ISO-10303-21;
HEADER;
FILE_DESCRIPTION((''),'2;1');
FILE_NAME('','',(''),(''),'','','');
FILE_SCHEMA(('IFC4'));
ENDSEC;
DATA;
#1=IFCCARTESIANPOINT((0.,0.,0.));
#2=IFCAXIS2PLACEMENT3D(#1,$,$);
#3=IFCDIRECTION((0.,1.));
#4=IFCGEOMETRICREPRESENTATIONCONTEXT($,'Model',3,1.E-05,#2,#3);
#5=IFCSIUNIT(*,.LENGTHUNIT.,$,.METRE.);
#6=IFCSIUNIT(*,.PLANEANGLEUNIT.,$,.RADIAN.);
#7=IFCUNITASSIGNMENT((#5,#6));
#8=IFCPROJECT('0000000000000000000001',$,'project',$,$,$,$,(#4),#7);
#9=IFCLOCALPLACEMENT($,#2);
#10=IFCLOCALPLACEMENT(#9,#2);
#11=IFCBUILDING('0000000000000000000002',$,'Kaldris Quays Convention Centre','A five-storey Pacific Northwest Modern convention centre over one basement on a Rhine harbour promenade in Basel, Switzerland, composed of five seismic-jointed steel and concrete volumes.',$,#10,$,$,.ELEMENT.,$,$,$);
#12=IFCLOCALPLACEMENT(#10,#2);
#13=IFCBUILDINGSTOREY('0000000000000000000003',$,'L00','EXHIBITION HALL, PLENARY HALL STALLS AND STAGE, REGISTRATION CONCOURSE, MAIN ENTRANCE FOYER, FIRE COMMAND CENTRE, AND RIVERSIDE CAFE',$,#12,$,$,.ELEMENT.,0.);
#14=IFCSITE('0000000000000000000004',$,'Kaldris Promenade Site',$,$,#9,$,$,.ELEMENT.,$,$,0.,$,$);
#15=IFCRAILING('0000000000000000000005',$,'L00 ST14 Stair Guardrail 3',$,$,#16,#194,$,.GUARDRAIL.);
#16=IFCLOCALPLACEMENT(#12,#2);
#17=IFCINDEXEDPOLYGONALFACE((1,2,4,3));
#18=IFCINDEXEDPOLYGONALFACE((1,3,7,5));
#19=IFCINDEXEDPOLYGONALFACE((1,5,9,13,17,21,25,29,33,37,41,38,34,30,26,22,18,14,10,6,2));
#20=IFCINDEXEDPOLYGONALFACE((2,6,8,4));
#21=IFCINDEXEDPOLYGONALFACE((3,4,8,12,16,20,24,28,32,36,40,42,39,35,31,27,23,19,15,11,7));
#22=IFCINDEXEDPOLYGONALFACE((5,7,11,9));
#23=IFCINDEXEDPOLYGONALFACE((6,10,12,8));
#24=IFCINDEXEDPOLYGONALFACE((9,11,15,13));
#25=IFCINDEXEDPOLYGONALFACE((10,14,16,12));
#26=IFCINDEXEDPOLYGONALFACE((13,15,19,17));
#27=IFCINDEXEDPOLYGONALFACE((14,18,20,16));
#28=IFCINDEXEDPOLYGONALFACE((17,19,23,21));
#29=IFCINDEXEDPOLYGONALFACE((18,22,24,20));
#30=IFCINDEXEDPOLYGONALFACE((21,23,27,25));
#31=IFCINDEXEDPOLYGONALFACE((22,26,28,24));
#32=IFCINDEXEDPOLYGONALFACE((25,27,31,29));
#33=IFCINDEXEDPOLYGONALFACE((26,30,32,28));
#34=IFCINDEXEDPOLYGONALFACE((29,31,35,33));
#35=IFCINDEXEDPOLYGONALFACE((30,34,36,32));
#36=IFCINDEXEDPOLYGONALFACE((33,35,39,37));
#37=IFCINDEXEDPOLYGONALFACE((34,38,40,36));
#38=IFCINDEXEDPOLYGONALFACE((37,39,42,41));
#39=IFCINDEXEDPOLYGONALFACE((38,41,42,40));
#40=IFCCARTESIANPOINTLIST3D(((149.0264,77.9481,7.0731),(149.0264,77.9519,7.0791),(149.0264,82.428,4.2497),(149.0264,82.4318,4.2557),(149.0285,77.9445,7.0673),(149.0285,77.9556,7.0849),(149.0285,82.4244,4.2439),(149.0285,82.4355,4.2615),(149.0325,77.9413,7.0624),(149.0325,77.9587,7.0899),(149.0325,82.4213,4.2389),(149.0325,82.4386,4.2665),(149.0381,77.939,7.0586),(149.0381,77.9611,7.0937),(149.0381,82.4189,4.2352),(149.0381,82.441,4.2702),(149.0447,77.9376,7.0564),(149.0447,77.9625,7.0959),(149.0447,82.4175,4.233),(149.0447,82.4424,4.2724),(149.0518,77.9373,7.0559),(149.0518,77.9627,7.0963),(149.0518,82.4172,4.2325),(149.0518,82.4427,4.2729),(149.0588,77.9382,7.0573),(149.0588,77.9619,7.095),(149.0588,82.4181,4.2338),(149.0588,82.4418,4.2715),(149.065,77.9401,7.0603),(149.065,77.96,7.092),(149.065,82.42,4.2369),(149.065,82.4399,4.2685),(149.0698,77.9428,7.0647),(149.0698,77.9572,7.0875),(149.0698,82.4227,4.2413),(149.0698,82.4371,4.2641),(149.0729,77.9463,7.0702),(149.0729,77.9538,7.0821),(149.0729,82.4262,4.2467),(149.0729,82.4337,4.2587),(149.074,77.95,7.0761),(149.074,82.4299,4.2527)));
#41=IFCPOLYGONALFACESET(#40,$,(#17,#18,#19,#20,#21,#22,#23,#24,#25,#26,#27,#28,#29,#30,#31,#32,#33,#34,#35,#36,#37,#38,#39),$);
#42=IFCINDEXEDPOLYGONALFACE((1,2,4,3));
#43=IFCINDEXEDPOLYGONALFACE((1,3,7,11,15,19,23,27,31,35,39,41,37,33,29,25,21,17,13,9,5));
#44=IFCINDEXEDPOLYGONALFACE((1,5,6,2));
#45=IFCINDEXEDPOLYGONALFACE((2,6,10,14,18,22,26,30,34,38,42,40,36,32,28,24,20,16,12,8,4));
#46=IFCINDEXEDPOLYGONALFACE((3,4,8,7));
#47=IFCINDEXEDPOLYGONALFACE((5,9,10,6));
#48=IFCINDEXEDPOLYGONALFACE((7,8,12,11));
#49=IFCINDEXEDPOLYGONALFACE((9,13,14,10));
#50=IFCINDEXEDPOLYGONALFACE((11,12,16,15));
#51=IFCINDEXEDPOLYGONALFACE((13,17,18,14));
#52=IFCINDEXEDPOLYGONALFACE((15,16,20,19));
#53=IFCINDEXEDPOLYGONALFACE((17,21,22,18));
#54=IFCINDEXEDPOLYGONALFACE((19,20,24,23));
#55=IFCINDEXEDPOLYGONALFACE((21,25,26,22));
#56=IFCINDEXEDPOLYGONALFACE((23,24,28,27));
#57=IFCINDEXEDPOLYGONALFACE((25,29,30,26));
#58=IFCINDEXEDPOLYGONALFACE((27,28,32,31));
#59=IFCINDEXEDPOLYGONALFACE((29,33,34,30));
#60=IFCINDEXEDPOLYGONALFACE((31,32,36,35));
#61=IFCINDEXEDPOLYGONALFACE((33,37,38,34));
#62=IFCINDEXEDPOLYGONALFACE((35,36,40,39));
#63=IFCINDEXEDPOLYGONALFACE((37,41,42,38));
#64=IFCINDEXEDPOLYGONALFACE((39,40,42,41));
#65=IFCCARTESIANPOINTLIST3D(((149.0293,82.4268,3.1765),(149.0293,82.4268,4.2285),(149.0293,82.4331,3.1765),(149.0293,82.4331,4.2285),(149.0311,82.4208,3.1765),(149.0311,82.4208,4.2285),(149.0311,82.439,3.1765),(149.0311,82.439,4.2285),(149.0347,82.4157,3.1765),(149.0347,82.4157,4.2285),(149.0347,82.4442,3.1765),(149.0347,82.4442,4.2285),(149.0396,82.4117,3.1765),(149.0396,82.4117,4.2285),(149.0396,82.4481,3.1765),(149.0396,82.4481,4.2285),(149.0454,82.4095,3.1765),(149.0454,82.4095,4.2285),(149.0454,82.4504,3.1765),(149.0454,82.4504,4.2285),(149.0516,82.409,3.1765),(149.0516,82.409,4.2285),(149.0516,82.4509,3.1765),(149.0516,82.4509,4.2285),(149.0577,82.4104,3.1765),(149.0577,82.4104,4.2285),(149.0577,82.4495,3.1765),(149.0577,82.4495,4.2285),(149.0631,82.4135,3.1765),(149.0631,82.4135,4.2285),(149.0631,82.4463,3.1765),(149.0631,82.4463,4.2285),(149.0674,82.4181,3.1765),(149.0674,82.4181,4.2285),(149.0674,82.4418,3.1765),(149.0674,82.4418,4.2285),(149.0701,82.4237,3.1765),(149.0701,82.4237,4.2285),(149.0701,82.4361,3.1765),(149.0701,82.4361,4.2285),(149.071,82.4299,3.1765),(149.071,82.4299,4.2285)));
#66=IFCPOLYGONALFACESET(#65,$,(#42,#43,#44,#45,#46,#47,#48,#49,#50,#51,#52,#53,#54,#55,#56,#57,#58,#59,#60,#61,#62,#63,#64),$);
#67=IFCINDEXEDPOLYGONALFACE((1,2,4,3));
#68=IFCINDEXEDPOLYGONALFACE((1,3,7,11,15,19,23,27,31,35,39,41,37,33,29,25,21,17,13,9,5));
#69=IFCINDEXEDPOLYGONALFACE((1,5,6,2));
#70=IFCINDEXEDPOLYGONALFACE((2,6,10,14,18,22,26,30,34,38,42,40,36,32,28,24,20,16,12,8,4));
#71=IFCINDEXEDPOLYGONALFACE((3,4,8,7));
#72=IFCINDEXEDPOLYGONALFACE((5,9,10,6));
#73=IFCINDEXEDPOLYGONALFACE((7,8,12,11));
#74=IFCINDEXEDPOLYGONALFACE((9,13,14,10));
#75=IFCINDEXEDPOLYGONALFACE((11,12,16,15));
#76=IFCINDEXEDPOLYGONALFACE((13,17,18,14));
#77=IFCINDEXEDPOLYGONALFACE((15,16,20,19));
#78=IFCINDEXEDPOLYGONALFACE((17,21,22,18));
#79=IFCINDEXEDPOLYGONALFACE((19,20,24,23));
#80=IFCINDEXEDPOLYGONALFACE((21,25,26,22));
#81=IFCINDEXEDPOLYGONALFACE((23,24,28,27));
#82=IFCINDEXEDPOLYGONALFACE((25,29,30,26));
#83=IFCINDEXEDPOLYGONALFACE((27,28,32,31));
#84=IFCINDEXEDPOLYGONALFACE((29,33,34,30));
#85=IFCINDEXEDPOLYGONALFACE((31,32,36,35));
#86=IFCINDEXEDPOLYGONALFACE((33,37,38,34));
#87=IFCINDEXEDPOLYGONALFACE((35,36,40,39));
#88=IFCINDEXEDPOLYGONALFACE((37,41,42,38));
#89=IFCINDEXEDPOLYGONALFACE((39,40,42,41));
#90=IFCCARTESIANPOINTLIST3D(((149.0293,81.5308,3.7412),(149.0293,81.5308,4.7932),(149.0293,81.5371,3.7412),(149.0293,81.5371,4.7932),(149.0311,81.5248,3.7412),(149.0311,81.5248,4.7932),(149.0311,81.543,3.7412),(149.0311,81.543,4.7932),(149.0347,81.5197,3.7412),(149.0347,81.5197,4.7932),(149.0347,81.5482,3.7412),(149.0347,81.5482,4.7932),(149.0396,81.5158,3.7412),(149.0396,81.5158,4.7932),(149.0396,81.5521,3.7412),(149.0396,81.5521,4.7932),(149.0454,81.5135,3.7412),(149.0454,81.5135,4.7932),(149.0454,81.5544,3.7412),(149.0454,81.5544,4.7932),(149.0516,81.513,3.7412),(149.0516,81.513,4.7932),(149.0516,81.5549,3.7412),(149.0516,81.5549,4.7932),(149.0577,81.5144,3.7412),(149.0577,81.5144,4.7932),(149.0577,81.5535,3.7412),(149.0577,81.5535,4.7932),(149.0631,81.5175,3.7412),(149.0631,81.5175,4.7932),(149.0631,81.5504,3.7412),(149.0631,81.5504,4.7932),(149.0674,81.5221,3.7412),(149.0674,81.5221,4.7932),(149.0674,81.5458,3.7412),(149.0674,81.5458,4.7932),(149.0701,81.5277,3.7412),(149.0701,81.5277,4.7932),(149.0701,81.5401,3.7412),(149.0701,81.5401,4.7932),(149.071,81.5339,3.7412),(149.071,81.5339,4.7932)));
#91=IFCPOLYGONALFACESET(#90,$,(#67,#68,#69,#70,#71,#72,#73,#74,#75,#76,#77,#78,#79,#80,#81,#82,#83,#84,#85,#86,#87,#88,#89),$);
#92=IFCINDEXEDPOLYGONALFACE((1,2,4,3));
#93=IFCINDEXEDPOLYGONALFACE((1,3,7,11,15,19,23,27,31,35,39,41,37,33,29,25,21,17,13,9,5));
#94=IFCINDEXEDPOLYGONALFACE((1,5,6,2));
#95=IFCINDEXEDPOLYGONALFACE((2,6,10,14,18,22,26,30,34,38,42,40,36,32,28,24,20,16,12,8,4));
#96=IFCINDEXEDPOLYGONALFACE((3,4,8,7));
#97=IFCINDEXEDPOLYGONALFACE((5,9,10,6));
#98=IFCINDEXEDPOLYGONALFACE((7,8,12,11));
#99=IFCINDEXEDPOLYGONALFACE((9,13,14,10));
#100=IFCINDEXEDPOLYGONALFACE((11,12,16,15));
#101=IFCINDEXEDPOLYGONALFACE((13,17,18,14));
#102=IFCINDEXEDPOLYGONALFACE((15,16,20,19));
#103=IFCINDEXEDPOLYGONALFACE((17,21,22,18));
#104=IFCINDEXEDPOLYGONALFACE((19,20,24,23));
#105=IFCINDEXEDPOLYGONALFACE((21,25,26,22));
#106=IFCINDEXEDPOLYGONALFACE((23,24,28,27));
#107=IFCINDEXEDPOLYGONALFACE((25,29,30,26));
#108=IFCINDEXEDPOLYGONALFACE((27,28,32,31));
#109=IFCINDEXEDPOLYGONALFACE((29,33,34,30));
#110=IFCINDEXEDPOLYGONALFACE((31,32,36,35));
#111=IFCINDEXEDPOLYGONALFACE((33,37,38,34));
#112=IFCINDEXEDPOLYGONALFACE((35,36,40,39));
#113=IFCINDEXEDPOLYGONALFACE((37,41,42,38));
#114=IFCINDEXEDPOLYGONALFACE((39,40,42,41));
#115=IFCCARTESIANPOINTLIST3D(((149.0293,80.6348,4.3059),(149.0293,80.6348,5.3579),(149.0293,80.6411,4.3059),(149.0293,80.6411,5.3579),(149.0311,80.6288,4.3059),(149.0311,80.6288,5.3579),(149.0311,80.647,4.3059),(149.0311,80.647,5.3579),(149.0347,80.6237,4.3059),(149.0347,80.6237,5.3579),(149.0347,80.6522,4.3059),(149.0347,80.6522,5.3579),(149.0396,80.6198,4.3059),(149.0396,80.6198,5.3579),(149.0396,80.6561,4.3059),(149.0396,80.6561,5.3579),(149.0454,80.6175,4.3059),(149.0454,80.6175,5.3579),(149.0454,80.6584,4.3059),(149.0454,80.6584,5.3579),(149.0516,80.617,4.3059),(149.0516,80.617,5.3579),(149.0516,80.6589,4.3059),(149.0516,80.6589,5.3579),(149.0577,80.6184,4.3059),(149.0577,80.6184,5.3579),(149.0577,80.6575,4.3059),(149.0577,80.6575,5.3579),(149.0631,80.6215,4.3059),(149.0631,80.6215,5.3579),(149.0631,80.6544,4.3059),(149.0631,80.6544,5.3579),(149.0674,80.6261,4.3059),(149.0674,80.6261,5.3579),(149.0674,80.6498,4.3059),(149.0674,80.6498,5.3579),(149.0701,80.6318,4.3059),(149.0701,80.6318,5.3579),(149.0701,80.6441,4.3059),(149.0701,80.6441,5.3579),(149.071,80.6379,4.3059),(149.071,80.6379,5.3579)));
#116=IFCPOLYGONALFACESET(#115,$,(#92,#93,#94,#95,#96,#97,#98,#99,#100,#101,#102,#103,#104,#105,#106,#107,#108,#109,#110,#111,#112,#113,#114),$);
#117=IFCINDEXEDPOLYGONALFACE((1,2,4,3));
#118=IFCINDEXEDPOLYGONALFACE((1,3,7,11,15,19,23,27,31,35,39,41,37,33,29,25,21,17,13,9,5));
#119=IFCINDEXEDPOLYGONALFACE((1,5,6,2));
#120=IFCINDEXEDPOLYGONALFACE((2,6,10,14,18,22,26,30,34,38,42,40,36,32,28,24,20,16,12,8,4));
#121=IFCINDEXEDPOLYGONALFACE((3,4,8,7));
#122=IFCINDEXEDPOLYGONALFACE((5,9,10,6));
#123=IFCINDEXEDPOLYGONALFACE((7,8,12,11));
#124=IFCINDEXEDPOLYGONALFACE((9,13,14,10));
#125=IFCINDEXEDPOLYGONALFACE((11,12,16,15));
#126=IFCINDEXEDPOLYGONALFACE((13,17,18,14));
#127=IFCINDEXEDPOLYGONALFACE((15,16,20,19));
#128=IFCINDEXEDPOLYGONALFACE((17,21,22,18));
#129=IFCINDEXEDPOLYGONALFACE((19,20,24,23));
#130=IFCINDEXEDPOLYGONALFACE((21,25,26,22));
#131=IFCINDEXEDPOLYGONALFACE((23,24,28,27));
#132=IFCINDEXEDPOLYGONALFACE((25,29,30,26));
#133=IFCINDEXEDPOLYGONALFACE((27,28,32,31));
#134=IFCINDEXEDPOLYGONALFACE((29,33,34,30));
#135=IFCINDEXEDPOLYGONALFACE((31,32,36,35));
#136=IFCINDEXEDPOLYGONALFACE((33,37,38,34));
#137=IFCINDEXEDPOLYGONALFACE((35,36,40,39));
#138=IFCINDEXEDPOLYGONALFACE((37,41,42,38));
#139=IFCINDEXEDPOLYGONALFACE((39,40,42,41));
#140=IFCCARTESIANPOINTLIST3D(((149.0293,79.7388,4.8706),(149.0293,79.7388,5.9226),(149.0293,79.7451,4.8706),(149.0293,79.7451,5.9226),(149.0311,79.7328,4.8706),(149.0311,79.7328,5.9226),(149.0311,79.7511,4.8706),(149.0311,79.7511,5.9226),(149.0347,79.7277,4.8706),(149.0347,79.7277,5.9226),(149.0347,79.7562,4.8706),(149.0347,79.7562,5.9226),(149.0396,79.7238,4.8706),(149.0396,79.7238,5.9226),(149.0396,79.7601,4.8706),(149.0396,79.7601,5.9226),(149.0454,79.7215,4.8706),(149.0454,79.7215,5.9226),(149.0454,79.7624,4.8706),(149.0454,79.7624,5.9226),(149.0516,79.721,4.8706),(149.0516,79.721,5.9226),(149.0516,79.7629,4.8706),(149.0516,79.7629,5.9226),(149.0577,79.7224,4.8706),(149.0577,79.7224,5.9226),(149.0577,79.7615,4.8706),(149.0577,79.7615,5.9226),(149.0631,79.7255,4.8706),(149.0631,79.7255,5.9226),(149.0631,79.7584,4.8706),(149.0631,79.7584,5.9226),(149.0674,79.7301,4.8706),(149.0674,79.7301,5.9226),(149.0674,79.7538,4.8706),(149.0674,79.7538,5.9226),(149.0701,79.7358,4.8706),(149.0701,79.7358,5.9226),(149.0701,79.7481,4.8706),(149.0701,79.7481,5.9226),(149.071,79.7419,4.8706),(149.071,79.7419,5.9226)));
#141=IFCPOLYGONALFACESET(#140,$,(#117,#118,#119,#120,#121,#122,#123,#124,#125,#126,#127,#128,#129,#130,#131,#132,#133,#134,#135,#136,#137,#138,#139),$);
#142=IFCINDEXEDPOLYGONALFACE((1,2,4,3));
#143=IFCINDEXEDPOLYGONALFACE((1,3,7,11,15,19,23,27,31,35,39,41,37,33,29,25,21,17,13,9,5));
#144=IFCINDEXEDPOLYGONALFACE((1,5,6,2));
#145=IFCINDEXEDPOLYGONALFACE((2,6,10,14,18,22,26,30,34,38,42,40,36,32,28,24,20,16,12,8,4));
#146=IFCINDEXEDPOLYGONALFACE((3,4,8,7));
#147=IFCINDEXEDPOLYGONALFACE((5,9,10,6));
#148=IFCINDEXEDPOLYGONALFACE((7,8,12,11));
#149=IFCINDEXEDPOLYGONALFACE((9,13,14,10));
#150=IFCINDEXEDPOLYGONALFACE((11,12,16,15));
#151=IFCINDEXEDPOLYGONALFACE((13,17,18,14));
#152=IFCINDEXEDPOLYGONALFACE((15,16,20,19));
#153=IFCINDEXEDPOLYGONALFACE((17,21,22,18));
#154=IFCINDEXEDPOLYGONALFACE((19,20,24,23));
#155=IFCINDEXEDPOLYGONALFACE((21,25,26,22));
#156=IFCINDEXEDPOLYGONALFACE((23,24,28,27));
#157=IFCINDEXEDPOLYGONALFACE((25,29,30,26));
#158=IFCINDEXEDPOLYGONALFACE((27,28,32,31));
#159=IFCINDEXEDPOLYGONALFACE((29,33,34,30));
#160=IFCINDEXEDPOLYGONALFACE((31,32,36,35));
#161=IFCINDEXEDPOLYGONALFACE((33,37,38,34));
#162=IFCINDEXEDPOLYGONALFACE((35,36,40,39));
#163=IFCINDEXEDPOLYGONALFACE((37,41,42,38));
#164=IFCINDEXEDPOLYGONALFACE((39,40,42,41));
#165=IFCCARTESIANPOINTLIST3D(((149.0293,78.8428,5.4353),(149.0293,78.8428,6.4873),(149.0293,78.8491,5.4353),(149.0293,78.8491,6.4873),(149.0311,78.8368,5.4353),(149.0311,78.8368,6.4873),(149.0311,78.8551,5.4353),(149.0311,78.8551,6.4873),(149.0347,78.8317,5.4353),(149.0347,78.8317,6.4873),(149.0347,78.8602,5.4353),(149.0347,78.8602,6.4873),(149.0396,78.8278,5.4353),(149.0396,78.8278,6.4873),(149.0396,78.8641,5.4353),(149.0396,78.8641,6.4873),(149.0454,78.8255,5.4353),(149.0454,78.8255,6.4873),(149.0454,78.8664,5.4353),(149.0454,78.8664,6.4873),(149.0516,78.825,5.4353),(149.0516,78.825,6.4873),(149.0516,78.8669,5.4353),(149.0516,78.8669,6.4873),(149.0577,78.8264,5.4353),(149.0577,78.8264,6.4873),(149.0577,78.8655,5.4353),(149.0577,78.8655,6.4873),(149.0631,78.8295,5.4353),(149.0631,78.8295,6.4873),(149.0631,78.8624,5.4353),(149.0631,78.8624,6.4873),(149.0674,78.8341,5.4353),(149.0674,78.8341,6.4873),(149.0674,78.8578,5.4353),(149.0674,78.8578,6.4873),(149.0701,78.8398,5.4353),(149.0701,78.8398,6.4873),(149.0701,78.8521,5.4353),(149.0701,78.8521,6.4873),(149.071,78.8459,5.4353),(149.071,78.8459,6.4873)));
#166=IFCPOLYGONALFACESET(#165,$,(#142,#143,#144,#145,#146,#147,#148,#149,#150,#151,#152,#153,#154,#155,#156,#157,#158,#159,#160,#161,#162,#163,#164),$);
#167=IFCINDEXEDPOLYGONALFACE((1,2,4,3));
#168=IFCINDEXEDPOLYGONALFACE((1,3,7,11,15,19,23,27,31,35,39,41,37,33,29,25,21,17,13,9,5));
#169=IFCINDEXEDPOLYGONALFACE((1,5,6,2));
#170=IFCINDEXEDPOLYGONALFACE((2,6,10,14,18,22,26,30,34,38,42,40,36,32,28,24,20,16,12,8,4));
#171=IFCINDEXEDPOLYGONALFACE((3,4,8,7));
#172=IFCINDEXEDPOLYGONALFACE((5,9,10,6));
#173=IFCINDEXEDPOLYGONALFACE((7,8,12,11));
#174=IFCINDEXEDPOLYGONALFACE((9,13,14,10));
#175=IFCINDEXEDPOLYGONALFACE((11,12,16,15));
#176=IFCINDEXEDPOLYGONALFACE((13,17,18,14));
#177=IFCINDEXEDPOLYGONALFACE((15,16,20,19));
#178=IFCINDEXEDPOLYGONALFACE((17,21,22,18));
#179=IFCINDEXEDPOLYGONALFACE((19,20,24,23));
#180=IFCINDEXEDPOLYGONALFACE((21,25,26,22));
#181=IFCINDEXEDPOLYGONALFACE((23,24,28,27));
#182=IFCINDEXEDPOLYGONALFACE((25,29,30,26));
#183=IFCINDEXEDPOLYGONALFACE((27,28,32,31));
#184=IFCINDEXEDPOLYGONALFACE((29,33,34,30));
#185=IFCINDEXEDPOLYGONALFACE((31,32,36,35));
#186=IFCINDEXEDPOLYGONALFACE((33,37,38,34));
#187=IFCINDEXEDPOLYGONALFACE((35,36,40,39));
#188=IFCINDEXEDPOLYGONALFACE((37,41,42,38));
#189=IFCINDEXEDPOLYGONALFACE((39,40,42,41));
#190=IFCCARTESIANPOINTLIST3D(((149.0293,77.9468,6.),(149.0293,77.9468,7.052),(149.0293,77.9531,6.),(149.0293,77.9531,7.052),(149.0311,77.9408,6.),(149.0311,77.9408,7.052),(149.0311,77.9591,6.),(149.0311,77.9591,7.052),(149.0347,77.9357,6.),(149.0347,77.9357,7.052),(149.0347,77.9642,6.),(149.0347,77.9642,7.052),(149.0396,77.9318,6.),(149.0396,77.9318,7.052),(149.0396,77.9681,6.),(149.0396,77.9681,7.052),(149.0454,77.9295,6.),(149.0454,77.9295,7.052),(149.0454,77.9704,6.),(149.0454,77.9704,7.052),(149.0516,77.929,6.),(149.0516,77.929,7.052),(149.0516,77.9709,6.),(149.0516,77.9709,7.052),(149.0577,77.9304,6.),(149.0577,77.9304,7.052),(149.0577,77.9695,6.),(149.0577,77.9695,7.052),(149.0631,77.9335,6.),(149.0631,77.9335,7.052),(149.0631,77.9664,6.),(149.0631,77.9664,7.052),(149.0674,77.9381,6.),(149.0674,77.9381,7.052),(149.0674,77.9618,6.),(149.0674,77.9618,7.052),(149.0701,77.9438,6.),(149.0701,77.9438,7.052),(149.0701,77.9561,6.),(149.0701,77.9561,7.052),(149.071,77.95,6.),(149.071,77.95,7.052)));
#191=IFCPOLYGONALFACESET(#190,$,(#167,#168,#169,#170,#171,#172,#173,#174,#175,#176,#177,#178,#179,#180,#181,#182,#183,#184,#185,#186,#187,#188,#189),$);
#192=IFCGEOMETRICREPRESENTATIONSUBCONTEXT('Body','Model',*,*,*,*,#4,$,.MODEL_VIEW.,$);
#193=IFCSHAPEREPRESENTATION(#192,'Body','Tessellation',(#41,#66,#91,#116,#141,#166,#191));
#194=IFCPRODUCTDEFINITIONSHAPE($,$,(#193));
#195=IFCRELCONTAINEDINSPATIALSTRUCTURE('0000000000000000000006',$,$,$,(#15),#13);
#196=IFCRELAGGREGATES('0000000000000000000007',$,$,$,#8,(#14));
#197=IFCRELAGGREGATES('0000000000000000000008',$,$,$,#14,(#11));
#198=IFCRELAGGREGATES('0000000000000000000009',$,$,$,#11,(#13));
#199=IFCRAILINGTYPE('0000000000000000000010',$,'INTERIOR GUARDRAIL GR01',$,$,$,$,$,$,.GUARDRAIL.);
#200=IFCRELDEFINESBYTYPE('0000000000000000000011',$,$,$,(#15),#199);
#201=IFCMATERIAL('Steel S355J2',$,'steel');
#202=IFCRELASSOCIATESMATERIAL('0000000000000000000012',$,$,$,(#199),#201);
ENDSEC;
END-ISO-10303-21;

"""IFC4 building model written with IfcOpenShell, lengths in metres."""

from ifc_helpers import new_model, si_unit, direction, frame, origin, origin_2d, place, context, subcontext, project, spatial, circle, extrude, material, type_object, element, save


model = new_model("IFC4")

# Units and contexts
model_context = context("Model", 3, precision=1e-05, world=origin(), true_north=direction((0.0, 1.0)))
body_context = subcontext(model_context, "Body", "Model", "MODEL_VIEW")
ifc_project = project(units=[si_unit("LENGTHUNIT", "METRE"), si_unit("PLANEANGLEUNIT", "RADIAN")], contexts=[model_context])

# Site, building, storey
site_placement = place(None, origin())
site = spatial("IfcSite", under=ifc_project, at=site_placement, Name="Kaldris Promenade Site", CompositionType="ELEMENT", RefElevation=0.0)
building_placement = place(site_placement, origin())
building = spatial("IfcBuilding", under=site, at=building_placement, Name="Kaldris Quays Convention Centre", Description="A five-storey Pacific Northwest Modern convention centre over one basement on a Rhine harbour promenade in Basel, Switzerland, composed of five seismic-jointed steel and concrete volumes.", CompositionType="ELEMENT")
storey_placement = place(building_placement, origin())
storey = spatial("IfcBuildingStorey", under=building, at=storey_placement, Name="L00", Description="EXHIBITION HALL, PLENARY HALL STALLS AND STAGE, REGISTRATION CONCOURSE, MAIN ENTRANCE FOYER, FIRE COMMAND CENTRE, AND RIVERSIDE CAFE", CompositionType="ELEMENT", Elevation=0.0)

# Shared definitions
ifc_material_1 = material(Name="Steel S355J2", Category="steel")

# Railing
railing_type_1 = type_object("IfcRailingType", Name="INTERIOR GUARDRAIL GR01", PredefinedType="GUARDRAIL", material=ifc_material_1)
railing_1_placement = place(storey_placement, frame((149.05, 82.4299, 3.1765)))
element("IfcRailing", 1, at=railing_1_placement, inside=storey, type_object=railing_type_1, Name="L00 ST14 Stair Guardrail 3", PredefinedType="GUARDRAIL", context=body_context, shape_type="SweptSolid", body=[
    extrude(circle(Radius=0.0239, at=origin_2d()), frame((0.0, 0.0, 1.0762), z_axis=(0.0, -0.845998, 0.533186), x_axis=(1.0, 0.0, 0.0)), (0.0, 0.0, 1.0), 5.2954),
    extrude(circle(Radius=0.021, at=origin_2d()), origin(), (0.0, 0.0, 1.0), 1.052),
    extrude(circle(Radius=0.021, at=origin_2d()), frame((0.0, -0.896, 0.5647)), (0.0, 0.0, 1.0), 1.052),
    extrude(circle(Radius=0.021, at=origin_2d()), frame((0.0, -1.792, 1.1294)), (0.0, 0.0, 1.0), 1.052),
    extrude(circle(Radius=0.021, at=origin_2d()), frame((0.0, -2.688, 1.6941)), (0.0, 0.0, 1.0), 1.052),
    extrude(circle(Radius=0.021, at=origin_2d()), frame((0.0, -3.584, 2.2588)), (0.0, 0.0, 1.0), 1.052),
    extrude(circle(Radius=0.021, at=origin_2d()), frame((0.0, -4.48, 2.8235)), (0.0, 0.0, 1.0), 1.052),
])

save(model, "model.ifc")
